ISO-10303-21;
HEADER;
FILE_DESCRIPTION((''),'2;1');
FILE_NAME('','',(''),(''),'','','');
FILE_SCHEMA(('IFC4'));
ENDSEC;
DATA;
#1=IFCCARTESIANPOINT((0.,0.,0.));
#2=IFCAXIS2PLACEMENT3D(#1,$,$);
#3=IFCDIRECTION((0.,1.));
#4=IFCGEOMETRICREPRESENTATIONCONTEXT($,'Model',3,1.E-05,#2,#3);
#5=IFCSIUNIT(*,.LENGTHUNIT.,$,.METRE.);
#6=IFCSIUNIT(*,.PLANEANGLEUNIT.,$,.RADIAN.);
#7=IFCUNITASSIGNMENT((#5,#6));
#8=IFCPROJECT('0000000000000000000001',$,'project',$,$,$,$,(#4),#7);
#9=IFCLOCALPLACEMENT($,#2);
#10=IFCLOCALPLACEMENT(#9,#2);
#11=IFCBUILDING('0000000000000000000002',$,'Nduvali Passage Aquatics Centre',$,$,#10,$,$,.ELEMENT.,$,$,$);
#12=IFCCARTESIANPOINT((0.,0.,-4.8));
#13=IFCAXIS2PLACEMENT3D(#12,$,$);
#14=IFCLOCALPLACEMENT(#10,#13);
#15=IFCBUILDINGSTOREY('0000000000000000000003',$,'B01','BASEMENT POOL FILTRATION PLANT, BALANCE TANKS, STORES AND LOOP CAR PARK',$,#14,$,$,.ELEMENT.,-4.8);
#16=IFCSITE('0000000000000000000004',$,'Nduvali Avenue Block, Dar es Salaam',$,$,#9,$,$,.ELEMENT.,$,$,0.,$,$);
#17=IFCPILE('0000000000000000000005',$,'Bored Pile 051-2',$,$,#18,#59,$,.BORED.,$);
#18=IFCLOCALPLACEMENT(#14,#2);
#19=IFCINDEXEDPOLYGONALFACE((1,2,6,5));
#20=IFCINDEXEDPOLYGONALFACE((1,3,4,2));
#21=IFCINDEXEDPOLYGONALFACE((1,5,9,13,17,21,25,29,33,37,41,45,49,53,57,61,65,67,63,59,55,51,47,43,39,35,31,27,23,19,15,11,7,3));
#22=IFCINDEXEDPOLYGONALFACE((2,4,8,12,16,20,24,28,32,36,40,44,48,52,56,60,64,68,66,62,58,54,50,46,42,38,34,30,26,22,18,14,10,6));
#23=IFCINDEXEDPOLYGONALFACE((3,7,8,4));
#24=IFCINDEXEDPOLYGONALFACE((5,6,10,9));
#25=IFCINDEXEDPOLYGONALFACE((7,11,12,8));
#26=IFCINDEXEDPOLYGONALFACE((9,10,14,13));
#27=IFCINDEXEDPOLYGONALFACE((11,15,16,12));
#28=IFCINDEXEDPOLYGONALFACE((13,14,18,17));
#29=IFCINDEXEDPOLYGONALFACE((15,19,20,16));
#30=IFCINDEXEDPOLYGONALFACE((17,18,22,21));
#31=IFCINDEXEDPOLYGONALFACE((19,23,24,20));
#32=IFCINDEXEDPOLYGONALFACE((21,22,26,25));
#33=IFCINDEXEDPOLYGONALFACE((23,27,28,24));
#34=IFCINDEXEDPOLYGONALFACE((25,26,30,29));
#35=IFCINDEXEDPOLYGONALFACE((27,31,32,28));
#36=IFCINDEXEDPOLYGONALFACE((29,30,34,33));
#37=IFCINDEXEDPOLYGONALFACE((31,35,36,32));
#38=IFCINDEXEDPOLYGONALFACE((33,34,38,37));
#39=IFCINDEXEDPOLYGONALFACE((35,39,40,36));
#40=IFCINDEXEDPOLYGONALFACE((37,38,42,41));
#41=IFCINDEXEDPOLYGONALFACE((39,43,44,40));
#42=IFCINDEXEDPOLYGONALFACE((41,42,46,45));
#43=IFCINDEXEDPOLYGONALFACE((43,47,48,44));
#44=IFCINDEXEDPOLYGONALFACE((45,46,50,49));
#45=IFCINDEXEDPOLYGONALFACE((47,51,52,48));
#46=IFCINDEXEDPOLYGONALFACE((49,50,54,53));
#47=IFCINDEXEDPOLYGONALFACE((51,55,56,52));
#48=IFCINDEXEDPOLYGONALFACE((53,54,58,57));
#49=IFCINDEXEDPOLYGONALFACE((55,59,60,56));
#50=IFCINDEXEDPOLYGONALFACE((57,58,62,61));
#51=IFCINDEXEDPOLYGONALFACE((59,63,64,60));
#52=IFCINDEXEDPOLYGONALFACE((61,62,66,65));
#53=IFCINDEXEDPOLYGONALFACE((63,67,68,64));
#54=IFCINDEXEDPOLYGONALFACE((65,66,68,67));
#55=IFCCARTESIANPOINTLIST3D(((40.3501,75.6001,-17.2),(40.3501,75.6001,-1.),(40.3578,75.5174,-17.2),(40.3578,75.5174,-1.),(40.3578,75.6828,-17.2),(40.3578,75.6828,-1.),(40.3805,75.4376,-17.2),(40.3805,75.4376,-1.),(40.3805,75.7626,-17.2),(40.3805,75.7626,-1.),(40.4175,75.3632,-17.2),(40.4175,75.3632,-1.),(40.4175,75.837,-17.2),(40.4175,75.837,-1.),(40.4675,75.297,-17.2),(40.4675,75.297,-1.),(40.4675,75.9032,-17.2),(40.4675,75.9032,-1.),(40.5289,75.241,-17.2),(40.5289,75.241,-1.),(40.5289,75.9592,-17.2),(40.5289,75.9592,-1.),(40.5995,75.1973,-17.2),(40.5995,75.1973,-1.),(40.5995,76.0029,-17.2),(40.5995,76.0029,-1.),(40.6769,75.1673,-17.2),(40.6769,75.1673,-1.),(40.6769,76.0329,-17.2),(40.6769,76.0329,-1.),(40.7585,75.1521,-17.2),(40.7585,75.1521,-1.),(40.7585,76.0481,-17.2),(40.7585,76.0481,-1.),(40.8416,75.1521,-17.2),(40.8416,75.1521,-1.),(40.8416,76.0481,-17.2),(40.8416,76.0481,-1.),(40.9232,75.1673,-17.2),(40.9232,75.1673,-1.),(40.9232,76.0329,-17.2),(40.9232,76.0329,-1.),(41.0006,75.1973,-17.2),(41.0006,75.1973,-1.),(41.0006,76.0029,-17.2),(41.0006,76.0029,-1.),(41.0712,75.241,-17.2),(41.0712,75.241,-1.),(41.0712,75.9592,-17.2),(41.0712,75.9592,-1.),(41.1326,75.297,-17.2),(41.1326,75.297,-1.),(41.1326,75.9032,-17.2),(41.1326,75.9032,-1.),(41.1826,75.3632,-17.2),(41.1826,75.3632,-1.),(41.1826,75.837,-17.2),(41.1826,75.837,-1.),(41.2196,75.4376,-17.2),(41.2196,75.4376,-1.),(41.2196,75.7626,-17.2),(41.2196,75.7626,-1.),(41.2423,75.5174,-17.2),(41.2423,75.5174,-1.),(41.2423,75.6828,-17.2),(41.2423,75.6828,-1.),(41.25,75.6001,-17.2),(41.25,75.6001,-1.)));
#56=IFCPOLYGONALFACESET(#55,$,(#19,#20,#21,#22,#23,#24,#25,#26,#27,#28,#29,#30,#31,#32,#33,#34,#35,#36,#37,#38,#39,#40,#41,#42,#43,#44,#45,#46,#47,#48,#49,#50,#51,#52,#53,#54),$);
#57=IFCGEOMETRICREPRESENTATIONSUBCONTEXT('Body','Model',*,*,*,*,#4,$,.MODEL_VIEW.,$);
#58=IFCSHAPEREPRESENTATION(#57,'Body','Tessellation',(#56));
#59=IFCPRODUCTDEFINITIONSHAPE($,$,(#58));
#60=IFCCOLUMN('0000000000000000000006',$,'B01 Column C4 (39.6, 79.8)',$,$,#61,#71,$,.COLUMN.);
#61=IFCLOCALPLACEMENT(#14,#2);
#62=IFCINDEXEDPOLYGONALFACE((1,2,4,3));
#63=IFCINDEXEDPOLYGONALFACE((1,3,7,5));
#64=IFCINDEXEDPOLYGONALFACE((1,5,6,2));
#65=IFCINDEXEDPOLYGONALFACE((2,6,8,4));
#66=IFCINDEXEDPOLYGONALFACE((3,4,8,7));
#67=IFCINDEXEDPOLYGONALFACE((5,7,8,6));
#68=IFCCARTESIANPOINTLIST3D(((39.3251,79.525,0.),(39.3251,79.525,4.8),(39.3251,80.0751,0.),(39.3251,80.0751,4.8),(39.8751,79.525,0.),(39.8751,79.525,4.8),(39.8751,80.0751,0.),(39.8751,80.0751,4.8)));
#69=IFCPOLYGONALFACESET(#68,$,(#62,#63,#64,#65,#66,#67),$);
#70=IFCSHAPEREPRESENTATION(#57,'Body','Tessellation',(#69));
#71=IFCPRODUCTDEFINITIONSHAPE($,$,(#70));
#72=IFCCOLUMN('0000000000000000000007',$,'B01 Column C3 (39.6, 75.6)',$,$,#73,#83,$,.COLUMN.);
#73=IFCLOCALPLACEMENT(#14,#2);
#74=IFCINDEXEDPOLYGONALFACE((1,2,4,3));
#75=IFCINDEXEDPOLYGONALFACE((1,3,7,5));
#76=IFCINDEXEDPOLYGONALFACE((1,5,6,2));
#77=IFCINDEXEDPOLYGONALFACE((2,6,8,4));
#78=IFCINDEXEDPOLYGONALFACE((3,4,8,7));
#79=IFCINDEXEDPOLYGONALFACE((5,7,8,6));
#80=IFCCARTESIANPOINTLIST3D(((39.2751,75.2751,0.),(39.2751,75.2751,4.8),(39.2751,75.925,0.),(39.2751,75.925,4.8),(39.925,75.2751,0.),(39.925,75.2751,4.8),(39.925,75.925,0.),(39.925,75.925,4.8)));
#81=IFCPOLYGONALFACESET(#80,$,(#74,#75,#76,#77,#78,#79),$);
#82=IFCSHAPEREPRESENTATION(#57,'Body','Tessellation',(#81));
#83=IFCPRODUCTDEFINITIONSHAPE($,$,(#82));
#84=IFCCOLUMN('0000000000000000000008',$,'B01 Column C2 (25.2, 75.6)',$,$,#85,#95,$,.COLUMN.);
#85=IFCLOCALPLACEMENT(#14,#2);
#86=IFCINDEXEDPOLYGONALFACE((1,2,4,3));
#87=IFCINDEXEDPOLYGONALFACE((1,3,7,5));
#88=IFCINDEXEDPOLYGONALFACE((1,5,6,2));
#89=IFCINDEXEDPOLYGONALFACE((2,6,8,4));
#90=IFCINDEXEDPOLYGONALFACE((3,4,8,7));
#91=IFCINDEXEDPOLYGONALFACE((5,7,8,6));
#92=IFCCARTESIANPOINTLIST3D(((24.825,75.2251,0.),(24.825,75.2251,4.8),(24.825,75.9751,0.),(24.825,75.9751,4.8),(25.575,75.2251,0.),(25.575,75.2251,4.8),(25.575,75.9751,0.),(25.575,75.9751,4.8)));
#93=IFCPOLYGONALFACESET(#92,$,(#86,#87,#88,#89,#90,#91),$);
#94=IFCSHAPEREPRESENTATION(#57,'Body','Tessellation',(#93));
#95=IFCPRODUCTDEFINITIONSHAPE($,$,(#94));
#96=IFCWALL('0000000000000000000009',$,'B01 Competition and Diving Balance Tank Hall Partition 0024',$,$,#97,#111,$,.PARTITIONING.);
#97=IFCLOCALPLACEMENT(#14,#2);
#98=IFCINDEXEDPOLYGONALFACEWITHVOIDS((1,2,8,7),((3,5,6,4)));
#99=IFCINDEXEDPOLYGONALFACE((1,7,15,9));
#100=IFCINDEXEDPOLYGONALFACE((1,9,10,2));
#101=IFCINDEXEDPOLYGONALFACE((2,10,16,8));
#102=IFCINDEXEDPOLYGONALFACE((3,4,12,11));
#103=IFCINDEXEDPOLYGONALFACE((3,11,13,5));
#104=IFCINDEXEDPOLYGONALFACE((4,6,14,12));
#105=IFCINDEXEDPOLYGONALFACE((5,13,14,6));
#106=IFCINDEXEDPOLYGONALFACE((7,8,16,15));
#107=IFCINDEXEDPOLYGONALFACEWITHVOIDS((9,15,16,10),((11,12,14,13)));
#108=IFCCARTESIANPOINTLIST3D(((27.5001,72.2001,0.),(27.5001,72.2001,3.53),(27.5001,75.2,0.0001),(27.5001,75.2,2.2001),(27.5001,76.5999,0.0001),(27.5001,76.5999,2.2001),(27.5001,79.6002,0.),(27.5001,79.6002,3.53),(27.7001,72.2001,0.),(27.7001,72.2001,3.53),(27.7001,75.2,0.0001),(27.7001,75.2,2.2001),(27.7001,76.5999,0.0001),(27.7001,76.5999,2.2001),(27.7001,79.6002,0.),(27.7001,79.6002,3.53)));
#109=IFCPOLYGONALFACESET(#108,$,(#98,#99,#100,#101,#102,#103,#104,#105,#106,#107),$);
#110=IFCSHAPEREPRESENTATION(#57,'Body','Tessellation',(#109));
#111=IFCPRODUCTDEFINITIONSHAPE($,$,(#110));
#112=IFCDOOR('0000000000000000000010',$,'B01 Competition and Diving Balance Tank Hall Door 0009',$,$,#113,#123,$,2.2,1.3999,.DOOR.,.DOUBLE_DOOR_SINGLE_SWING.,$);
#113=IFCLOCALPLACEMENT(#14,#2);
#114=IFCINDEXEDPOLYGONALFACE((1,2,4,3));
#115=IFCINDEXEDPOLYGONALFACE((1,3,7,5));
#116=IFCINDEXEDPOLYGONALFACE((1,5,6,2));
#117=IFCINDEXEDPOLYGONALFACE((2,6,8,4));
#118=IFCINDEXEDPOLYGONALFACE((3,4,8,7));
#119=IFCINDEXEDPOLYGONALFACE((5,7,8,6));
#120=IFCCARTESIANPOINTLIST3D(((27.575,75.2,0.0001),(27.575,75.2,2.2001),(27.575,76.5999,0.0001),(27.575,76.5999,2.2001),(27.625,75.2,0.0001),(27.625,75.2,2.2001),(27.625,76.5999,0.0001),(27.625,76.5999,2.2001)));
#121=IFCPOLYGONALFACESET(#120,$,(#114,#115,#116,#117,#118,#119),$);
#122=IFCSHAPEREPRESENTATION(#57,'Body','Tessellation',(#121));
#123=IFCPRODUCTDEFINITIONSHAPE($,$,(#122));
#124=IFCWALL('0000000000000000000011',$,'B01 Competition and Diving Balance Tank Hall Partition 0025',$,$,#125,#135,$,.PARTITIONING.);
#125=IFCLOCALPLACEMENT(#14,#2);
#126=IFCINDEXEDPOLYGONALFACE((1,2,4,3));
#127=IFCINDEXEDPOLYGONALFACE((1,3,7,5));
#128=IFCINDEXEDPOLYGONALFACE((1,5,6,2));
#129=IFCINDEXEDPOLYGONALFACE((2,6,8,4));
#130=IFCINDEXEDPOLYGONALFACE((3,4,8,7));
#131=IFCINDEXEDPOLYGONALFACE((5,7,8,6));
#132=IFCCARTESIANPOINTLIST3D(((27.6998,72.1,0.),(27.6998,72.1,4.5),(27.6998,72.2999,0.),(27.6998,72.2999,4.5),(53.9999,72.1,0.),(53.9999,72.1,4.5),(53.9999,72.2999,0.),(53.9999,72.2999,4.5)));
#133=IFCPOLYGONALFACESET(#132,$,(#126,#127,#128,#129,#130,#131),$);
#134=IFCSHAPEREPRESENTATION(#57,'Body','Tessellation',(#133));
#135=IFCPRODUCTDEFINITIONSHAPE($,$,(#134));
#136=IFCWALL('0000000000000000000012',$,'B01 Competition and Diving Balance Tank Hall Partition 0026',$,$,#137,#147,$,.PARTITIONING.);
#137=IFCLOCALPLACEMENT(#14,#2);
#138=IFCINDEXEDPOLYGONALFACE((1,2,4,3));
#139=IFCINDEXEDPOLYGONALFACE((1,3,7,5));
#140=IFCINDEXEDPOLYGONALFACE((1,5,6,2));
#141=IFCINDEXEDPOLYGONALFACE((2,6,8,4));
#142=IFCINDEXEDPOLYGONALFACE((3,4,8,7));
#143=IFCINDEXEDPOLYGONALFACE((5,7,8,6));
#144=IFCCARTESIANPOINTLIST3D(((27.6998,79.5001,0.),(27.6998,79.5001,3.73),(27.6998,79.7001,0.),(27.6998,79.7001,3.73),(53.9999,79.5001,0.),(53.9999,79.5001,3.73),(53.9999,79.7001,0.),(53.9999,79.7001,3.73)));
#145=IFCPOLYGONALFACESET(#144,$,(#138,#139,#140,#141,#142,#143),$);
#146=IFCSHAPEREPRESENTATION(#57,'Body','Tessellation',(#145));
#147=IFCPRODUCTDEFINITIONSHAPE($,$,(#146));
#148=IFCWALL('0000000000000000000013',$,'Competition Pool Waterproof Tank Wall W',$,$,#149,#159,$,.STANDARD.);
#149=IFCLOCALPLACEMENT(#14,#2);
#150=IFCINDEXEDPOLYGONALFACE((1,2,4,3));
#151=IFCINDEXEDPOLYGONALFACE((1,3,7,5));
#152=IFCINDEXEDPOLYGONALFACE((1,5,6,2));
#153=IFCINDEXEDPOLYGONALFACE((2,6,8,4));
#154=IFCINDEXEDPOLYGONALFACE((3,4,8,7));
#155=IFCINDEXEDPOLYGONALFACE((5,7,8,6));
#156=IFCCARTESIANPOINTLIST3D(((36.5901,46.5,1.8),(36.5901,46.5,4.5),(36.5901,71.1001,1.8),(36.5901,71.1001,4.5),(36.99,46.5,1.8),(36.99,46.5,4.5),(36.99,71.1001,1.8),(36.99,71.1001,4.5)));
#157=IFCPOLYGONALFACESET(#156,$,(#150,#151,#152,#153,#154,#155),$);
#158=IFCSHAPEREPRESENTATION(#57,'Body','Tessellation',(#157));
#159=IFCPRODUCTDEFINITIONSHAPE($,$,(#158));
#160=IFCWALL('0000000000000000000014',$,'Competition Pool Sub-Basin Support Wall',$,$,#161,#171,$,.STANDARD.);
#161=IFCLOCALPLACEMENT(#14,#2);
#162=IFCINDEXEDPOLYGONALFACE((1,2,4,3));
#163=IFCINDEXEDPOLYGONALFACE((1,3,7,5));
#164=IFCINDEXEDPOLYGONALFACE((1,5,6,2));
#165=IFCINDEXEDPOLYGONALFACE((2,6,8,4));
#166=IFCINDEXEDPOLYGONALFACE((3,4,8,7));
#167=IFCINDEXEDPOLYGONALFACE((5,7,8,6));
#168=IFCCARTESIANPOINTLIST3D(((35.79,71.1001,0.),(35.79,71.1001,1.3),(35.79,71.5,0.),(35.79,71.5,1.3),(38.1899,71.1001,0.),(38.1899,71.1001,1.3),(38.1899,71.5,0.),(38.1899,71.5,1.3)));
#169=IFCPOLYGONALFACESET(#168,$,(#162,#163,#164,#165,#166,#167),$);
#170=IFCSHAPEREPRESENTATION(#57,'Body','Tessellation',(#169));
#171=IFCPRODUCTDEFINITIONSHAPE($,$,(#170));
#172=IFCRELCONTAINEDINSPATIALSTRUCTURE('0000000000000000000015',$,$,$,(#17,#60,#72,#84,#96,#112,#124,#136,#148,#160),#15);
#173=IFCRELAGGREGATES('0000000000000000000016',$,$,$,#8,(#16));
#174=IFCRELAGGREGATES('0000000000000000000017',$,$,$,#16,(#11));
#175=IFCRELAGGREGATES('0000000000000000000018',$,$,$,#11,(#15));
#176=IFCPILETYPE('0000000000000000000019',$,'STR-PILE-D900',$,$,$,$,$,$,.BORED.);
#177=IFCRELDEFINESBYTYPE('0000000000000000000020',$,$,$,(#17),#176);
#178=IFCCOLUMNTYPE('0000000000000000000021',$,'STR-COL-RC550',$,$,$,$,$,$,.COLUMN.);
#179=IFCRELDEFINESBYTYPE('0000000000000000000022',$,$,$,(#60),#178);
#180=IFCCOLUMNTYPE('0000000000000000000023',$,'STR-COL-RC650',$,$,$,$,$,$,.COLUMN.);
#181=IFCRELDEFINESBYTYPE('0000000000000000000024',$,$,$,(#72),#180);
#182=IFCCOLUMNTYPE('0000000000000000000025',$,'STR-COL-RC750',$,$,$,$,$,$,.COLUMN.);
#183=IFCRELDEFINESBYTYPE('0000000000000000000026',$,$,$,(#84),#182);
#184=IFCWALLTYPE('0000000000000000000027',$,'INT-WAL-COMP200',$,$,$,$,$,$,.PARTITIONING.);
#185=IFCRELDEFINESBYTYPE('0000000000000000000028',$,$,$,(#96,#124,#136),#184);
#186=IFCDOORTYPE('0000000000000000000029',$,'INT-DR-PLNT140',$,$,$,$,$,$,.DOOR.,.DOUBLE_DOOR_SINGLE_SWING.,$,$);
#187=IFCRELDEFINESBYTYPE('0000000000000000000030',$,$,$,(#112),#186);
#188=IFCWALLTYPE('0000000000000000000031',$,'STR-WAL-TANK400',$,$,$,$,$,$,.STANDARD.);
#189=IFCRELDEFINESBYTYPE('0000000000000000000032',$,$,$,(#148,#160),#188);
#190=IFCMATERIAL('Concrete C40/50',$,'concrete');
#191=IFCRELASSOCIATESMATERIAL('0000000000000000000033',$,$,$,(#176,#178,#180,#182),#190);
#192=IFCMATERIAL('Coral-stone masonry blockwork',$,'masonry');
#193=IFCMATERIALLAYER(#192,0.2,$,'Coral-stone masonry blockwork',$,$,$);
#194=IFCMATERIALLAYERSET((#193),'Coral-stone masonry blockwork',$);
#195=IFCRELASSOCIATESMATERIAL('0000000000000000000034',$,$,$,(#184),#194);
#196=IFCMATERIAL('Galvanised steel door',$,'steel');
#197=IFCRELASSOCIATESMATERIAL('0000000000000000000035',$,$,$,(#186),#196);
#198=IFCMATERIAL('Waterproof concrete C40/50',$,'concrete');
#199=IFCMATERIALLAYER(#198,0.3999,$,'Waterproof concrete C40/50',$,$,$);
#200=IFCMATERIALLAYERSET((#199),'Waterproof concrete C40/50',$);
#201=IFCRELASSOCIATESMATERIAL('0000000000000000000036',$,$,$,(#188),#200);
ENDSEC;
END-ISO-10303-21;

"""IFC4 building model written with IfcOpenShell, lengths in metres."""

from ifc_helpers import new_model, si_unit, direction, frame, frame_2d, origin, origin_2d, place, context, subcontext, project, spatial, rectangle, circle, extrude, material, layer, layer_set, material_profile, profile_set, type_object, element, fill, save


model = new_model("IFC4")

# Units and contexts
model_context = context("Model", 3, precision=1e-05, world=origin(), true_north=direction((0.0, 1.0)))
body_context = subcontext(model_context, "Body", "Model", "MODEL_VIEW")
ifc_project = project(units=[si_unit("LENGTHUNIT", "METRE"), si_unit("PLANEANGLEUNIT", "RADIAN")], contexts=[model_context])

# Site, building, storey
site_placement = place(None, origin())
site = spatial("IfcSite", under=ifc_project, at=site_placement, Name="Nduvali Avenue Block, Dar es Salaam", CompositionType="ELEMENT", RefElevation=0.0)
building_placement = place(site_placement, origin())
building = spatial("IfcBuilding", under=site, at=building_placement, Name="Nduvali Passage Aquatics Centre", CompositionType="ELEMENT")
storey_placement = place(building_placement, frame((0.0, 0.0, -4.8)))
storey = spatial("IfcBuildingStorey", under=building, at=storey_placement, Name="B01", Description="BASEMENT POOL FILTRATION PLANT, BALANCE TANKS, STORES AND LOOP CAR PARK", CompositionType="ELEMENT", Elevation=-4.8)

# Shared definitions
ifc_material_1 = material(Name="Concrete C40/50", Category="concrete")

# Pile
ifc_material_profile_1 = material_profile(ifc_material_1, circle(Radius=0.45, at=origin_2d()), Name="PILE D900")
ifc_profile_set_1 = profile_set([ifc_material_profile_1], Name="Concrete C40/50")
pile_type_1 = type_object("IfcPileType", Name="STR-PILE-D900", PredefinedType="BORED", material=ifc_profile_set_1)
for number, where, z_axis, x_axis, name in (
    (1, (40.8, 75.6001, -1.0), (0.0, 0.0, -1.0), (1.0, 0.0, 0.0), "Bored Pile 051-2"),
):
    element("IfcPile", number, at=place(storey_placement, frame(where, z_axis=z_axis, x_axis=x_axis)), inside=storey, type_object=pile_type_1, Name=name, PredefinedType="BORED", context=body_context, shape_type="SweptSolid", body=[
        extrude(circle(Radius=0.45, at=origin_2d()), origin(), (0.0, 0.0, 1.0), 16.2),
    ])

# Columns
ifc_material_profile_2 = material_profile(ifc_material_1, rectangle(XDim=0.55, YDim=0.55, at=origin_2d()), Name="RC 550x550")
ifc_profile_set_2 = profile_set([ifc_material_profile_2], Name="Concrete C40/50")
column_type_1 = type_object("IfcColumnType", Name="STR-COL-RC550", PredefinedType="COLUMN", material=ifc_profile_set_2)
column_1_placement = place(storey_placement, frame((39.6001, 79.8, 0.0), z_axis=(0.0, 0.0, 1.0), x_axis=(1.0, 0.0, 0.0)))
element("IfcColumn", 2, at=column_1_placement, inside=storey, type_object=column_type_1, Name="B01 Column C4 (39.6, 79.8)", PredefinedType="COLUMN", context=body_context, shape_type="SweptSolid", body=[
    extrude(rectangle(XDim=0.55, YDim=0.55, at=origin_2d()), origin(), (0.0, 0.0, 1.0), 4.8),
])
ifc_material_profile_3 = material_profile(ifc_material_1, rectangle(XDim=0.6499, YDim=0.6499, at=origin_2d()), Name="RC 650x650")
ifc_profile_set_3 = profile_set([ifc_material_profile_3], Name="Concrete C40/50")
column_type_2 = type_object("IfcColumnType", Name="STR-COL-RC650", PredefinedType="COLUMN", material=ifc_profile_set_3)
column_2_placement = place(storey_placement, frame((39.6001, 75.6001, 0.0), z_axis=(0.0, 0.0, 1.0), x_axis=(1.0, 0.0, 0.0)))
element("IfcColumn", 3, at=column_2_placement, inside=storey, type_object=column_type_2, Name="B01 Column C3 (39.6, 75.6)", PredefinedType="COLUMN", context=body_context, shape_type="SweptSolid", body=[
    extrude(rectangle(XDim=0.6499, YDim=0.6499, at=origin_2d()), origin(), (0.0, 0.0, 1.0), 4.8),
])
ifc_material_profile_4 = material_profile(ifc_material_1, rectangle(XDim=0.75, YDim=0.75, at=origin_2d()), Name="RC 750x750")
ifc_profile_set_4 = profile_set([ifc_material_profile_4], Name="Concrete C40/50")
column_type_3 = type_object("IfcColumnType", Name="STR-COL-RC750", PredefinedType="COLUMN", material=ifc_profile_set_4)
column_3_placement = place(storey_placement, frame((25.2, 75.6001, 0.0), z_axis=(0.0, 0.0, 1.0), x_axis=(1.0, 0.0, 0.0)))
element("IfcColumn", 4, at=column_3_placement, inside=storey, type_object=column_type_3, Name="B01 Column C2 (25.2, 75.6)", PredefinedType="COLUMN", context=body_context, shape_type="SweptSolid", body=[
    extrude(rectangle(XDim=0.75, YDim=0.75, at=origin_2d()), origin(), (0.0, 0.0, 1.0), 4.8),
])

# Wall, opening, door
ifc_material_2 = material(Name="Coral-stone masonry blockwork", Category="masonry")
ifc_layer_1 = layer(ifc_material_2, 0.2, Name="Coral-stone masonry blockwork")
ifc_layer_set_1 = layer_set([ifc_layer_1], Name="Coral-stone masonry blockwork")
wall_type_1 = type_object("IfcWallType", Name="INT-WAL-COMP200", PredefinedType="PARTITIONING", material=ifc_layer_set_1)
wall_1_placement = place(storey_placement, frame((27.6001, 72.2, 0.0), z_axis=(0.0, 0.0, 1.0), x_axis=(0.0, 1.0, 0.0)))
wall_1 = element("IfcWall", 5, at=wall_1_placement, inside=storey, type_object=wall_type_1, Name="B01 Competition and Diving Balance Tank Hall Partition 0024", PredefinedType="PARTITIONING", context=body_context, shape_type="SweptSolid", body=[
    extrude(rectangle(XDim=7.4001, YDim=0.2, at=frame_2d((3.7002, 0.0))), origin(), (0.0, 0.0, 1.0), 3.53),
])
opening_placement = place(wall_1_placement, frame((3.0, 0.0, 0.0)))
opening = element("IfcOpeningElement", 6, at=opening_placement, cuts=wall_1, PredefinedType="OPENING", context=body_context, shape_type="SweptSolid", body=[
    extrude(rectangle(XDim=1.3999, YDim=2.2, at=frame_2d((0.7, 1.1001))), frame((0.0, 0.1147, 0.0), z_axis=(0.0, -1.0, 0.0), x_axis=(1.0, 0.0, 0.0)), (0.0, 0.0, 1.0), 0.2297),
])
ifc_material_3 = material(Name="Galvanised steel door", Category="steel")
door_type = type_object("IfcDoorType", Name="INT-DR-PLNT140", OperationType="DOUBLE_DOOR_SINGLE_SWING", PredefinedType="DOOR", material=ifc_material_3)
door_placement = place(opening_placement, frame((1.3999, 0.0, 0.0), z_axis=(0.0, 0.0, 1.0), x_axis=(-1.0, 0.0, 0.0)))
door = element("IfcDoor", 7, at=door_placement, inside=storey, type_object=door_type, Name="B01 Competition and Diving Balance Tank Hall Door 0009", OperationType="DOUBLE_DOOR_SINGLE_SWING", OverallHeight=2.2, OverallWidth=1.3999, PredefinedType="DOOR", context=body_context, shape_type="SweptSolid", body=[
    extrude(rectangle(XDim=1.3999, YDim=2.2, at=frame_2d((0.7, 1.1001))), frame((0.0, 0.0249, 0.0), z_axis=(0.0, -1.0, 0.0), x_axis=(1.0, 0.0, 0.0)), (0.0, 0.0, 1.0), 0.05),
])
fill(opening, door)

# Walls
wall_2_placement = place(storey_placement, frame((27.7, 72.2, 0.0), z_axis=(0.0, 0.0, 1.0), x_axis=(1.0, 0.0, 0.0)))
element("IfcWall", 8, at=wall_2_placement, inside=storey, type_object=wall_type_1, Name="B01 Competition and Diving Balance Tank Hall Partition 0025", PredefinedType="PARTITIONING", context=body_context, shape_type="SweptSolid", body=[
    extrude(rectangle(XDim=26.3, YDim=0.2, at=frame_2d((13.1499, 0.0))), origin(), (0.0, 0.0, 1.0), 4.5),
])
wall_3_placement = place(storey_placement, frame((27.7, 79.6001, 0.0), z_axis=(0.0, 0.0, 1.0), x_axis=(1.0, 0.0, 0.0)))
element("IfcWall", 9, at=wall_3_placement, inside=storey, type_object=wall_type_1, Name="B01 Competition and Diving Balance Tank Hall Partition 0026", PredefinedType="PARTITIONING", context=body_context, shape_type="SweptSolid", body=[
    extrude(rectangle(XDim=26.3, YDim=0.2, at=frame_2d((13.1499, 0.0))), origin(), (0.0, 0.0, 1.0), 3.73),
])
ifc_material_4 = material(Name="Waterproof concrete C40/50", Category="concrete")
ifc_layer_2 = layer(ifc_material_4, 0.3999, Name="Waterproof concrete C40/50")
ifc_layer_set_2 = layer_set([ifc_layer_2], Name="Waterproof concrete C40/50")
wall_type_2 = type_object("IfcWallType", Name="STR-WAL-TANK400", PredefinedType="STANDARD", material=ifc_layer_set_2)
wall_4_placement = place(storey_placement, frame((36.79, 71.1001, 1.8), z_axis=(0.0, 0.0, 1.0), x_axis=(0.0, -1.0, 0.0)))
element("IfcWall", 10, at=wall_4_placement, inside=storey, type_object=wall_type_2, Name="Competition Pool Waterproof Tank Wall W", PredefinedType="STANDARD", context=body_context, shape_type="SweptSolid", body=[
    extrude(rectangle(XDim=24.6001, YDim=0.3999, at=frame_2d((12.3, 0.0))), origin(), (0.0, 0.0, 1.0), 2.7),
])
wall_5_placement = place(storey_placement, frame((35.79, 71.3, 0.0), z_axis=(0.0, 0.0, 1.0), x_axis=(1.0, 0.0, 0.0)))
element("IfcWall", 11, at=wall_5_placement, inside=storey, type_object=wall_type_2, Name="Competition Pool Sub-Basin Support Wall", PredefinedType="STANDARD", context=body_context, shape_type="SweptSolid", body=[
    extrude(rectangle(XDim=2.3999, YDim=0.3999, at=frame_2d((1.2, 0.0))), origin(), (0.0, 0.0, 1.0), 1.3),
])

save(model, "model.ifc")
